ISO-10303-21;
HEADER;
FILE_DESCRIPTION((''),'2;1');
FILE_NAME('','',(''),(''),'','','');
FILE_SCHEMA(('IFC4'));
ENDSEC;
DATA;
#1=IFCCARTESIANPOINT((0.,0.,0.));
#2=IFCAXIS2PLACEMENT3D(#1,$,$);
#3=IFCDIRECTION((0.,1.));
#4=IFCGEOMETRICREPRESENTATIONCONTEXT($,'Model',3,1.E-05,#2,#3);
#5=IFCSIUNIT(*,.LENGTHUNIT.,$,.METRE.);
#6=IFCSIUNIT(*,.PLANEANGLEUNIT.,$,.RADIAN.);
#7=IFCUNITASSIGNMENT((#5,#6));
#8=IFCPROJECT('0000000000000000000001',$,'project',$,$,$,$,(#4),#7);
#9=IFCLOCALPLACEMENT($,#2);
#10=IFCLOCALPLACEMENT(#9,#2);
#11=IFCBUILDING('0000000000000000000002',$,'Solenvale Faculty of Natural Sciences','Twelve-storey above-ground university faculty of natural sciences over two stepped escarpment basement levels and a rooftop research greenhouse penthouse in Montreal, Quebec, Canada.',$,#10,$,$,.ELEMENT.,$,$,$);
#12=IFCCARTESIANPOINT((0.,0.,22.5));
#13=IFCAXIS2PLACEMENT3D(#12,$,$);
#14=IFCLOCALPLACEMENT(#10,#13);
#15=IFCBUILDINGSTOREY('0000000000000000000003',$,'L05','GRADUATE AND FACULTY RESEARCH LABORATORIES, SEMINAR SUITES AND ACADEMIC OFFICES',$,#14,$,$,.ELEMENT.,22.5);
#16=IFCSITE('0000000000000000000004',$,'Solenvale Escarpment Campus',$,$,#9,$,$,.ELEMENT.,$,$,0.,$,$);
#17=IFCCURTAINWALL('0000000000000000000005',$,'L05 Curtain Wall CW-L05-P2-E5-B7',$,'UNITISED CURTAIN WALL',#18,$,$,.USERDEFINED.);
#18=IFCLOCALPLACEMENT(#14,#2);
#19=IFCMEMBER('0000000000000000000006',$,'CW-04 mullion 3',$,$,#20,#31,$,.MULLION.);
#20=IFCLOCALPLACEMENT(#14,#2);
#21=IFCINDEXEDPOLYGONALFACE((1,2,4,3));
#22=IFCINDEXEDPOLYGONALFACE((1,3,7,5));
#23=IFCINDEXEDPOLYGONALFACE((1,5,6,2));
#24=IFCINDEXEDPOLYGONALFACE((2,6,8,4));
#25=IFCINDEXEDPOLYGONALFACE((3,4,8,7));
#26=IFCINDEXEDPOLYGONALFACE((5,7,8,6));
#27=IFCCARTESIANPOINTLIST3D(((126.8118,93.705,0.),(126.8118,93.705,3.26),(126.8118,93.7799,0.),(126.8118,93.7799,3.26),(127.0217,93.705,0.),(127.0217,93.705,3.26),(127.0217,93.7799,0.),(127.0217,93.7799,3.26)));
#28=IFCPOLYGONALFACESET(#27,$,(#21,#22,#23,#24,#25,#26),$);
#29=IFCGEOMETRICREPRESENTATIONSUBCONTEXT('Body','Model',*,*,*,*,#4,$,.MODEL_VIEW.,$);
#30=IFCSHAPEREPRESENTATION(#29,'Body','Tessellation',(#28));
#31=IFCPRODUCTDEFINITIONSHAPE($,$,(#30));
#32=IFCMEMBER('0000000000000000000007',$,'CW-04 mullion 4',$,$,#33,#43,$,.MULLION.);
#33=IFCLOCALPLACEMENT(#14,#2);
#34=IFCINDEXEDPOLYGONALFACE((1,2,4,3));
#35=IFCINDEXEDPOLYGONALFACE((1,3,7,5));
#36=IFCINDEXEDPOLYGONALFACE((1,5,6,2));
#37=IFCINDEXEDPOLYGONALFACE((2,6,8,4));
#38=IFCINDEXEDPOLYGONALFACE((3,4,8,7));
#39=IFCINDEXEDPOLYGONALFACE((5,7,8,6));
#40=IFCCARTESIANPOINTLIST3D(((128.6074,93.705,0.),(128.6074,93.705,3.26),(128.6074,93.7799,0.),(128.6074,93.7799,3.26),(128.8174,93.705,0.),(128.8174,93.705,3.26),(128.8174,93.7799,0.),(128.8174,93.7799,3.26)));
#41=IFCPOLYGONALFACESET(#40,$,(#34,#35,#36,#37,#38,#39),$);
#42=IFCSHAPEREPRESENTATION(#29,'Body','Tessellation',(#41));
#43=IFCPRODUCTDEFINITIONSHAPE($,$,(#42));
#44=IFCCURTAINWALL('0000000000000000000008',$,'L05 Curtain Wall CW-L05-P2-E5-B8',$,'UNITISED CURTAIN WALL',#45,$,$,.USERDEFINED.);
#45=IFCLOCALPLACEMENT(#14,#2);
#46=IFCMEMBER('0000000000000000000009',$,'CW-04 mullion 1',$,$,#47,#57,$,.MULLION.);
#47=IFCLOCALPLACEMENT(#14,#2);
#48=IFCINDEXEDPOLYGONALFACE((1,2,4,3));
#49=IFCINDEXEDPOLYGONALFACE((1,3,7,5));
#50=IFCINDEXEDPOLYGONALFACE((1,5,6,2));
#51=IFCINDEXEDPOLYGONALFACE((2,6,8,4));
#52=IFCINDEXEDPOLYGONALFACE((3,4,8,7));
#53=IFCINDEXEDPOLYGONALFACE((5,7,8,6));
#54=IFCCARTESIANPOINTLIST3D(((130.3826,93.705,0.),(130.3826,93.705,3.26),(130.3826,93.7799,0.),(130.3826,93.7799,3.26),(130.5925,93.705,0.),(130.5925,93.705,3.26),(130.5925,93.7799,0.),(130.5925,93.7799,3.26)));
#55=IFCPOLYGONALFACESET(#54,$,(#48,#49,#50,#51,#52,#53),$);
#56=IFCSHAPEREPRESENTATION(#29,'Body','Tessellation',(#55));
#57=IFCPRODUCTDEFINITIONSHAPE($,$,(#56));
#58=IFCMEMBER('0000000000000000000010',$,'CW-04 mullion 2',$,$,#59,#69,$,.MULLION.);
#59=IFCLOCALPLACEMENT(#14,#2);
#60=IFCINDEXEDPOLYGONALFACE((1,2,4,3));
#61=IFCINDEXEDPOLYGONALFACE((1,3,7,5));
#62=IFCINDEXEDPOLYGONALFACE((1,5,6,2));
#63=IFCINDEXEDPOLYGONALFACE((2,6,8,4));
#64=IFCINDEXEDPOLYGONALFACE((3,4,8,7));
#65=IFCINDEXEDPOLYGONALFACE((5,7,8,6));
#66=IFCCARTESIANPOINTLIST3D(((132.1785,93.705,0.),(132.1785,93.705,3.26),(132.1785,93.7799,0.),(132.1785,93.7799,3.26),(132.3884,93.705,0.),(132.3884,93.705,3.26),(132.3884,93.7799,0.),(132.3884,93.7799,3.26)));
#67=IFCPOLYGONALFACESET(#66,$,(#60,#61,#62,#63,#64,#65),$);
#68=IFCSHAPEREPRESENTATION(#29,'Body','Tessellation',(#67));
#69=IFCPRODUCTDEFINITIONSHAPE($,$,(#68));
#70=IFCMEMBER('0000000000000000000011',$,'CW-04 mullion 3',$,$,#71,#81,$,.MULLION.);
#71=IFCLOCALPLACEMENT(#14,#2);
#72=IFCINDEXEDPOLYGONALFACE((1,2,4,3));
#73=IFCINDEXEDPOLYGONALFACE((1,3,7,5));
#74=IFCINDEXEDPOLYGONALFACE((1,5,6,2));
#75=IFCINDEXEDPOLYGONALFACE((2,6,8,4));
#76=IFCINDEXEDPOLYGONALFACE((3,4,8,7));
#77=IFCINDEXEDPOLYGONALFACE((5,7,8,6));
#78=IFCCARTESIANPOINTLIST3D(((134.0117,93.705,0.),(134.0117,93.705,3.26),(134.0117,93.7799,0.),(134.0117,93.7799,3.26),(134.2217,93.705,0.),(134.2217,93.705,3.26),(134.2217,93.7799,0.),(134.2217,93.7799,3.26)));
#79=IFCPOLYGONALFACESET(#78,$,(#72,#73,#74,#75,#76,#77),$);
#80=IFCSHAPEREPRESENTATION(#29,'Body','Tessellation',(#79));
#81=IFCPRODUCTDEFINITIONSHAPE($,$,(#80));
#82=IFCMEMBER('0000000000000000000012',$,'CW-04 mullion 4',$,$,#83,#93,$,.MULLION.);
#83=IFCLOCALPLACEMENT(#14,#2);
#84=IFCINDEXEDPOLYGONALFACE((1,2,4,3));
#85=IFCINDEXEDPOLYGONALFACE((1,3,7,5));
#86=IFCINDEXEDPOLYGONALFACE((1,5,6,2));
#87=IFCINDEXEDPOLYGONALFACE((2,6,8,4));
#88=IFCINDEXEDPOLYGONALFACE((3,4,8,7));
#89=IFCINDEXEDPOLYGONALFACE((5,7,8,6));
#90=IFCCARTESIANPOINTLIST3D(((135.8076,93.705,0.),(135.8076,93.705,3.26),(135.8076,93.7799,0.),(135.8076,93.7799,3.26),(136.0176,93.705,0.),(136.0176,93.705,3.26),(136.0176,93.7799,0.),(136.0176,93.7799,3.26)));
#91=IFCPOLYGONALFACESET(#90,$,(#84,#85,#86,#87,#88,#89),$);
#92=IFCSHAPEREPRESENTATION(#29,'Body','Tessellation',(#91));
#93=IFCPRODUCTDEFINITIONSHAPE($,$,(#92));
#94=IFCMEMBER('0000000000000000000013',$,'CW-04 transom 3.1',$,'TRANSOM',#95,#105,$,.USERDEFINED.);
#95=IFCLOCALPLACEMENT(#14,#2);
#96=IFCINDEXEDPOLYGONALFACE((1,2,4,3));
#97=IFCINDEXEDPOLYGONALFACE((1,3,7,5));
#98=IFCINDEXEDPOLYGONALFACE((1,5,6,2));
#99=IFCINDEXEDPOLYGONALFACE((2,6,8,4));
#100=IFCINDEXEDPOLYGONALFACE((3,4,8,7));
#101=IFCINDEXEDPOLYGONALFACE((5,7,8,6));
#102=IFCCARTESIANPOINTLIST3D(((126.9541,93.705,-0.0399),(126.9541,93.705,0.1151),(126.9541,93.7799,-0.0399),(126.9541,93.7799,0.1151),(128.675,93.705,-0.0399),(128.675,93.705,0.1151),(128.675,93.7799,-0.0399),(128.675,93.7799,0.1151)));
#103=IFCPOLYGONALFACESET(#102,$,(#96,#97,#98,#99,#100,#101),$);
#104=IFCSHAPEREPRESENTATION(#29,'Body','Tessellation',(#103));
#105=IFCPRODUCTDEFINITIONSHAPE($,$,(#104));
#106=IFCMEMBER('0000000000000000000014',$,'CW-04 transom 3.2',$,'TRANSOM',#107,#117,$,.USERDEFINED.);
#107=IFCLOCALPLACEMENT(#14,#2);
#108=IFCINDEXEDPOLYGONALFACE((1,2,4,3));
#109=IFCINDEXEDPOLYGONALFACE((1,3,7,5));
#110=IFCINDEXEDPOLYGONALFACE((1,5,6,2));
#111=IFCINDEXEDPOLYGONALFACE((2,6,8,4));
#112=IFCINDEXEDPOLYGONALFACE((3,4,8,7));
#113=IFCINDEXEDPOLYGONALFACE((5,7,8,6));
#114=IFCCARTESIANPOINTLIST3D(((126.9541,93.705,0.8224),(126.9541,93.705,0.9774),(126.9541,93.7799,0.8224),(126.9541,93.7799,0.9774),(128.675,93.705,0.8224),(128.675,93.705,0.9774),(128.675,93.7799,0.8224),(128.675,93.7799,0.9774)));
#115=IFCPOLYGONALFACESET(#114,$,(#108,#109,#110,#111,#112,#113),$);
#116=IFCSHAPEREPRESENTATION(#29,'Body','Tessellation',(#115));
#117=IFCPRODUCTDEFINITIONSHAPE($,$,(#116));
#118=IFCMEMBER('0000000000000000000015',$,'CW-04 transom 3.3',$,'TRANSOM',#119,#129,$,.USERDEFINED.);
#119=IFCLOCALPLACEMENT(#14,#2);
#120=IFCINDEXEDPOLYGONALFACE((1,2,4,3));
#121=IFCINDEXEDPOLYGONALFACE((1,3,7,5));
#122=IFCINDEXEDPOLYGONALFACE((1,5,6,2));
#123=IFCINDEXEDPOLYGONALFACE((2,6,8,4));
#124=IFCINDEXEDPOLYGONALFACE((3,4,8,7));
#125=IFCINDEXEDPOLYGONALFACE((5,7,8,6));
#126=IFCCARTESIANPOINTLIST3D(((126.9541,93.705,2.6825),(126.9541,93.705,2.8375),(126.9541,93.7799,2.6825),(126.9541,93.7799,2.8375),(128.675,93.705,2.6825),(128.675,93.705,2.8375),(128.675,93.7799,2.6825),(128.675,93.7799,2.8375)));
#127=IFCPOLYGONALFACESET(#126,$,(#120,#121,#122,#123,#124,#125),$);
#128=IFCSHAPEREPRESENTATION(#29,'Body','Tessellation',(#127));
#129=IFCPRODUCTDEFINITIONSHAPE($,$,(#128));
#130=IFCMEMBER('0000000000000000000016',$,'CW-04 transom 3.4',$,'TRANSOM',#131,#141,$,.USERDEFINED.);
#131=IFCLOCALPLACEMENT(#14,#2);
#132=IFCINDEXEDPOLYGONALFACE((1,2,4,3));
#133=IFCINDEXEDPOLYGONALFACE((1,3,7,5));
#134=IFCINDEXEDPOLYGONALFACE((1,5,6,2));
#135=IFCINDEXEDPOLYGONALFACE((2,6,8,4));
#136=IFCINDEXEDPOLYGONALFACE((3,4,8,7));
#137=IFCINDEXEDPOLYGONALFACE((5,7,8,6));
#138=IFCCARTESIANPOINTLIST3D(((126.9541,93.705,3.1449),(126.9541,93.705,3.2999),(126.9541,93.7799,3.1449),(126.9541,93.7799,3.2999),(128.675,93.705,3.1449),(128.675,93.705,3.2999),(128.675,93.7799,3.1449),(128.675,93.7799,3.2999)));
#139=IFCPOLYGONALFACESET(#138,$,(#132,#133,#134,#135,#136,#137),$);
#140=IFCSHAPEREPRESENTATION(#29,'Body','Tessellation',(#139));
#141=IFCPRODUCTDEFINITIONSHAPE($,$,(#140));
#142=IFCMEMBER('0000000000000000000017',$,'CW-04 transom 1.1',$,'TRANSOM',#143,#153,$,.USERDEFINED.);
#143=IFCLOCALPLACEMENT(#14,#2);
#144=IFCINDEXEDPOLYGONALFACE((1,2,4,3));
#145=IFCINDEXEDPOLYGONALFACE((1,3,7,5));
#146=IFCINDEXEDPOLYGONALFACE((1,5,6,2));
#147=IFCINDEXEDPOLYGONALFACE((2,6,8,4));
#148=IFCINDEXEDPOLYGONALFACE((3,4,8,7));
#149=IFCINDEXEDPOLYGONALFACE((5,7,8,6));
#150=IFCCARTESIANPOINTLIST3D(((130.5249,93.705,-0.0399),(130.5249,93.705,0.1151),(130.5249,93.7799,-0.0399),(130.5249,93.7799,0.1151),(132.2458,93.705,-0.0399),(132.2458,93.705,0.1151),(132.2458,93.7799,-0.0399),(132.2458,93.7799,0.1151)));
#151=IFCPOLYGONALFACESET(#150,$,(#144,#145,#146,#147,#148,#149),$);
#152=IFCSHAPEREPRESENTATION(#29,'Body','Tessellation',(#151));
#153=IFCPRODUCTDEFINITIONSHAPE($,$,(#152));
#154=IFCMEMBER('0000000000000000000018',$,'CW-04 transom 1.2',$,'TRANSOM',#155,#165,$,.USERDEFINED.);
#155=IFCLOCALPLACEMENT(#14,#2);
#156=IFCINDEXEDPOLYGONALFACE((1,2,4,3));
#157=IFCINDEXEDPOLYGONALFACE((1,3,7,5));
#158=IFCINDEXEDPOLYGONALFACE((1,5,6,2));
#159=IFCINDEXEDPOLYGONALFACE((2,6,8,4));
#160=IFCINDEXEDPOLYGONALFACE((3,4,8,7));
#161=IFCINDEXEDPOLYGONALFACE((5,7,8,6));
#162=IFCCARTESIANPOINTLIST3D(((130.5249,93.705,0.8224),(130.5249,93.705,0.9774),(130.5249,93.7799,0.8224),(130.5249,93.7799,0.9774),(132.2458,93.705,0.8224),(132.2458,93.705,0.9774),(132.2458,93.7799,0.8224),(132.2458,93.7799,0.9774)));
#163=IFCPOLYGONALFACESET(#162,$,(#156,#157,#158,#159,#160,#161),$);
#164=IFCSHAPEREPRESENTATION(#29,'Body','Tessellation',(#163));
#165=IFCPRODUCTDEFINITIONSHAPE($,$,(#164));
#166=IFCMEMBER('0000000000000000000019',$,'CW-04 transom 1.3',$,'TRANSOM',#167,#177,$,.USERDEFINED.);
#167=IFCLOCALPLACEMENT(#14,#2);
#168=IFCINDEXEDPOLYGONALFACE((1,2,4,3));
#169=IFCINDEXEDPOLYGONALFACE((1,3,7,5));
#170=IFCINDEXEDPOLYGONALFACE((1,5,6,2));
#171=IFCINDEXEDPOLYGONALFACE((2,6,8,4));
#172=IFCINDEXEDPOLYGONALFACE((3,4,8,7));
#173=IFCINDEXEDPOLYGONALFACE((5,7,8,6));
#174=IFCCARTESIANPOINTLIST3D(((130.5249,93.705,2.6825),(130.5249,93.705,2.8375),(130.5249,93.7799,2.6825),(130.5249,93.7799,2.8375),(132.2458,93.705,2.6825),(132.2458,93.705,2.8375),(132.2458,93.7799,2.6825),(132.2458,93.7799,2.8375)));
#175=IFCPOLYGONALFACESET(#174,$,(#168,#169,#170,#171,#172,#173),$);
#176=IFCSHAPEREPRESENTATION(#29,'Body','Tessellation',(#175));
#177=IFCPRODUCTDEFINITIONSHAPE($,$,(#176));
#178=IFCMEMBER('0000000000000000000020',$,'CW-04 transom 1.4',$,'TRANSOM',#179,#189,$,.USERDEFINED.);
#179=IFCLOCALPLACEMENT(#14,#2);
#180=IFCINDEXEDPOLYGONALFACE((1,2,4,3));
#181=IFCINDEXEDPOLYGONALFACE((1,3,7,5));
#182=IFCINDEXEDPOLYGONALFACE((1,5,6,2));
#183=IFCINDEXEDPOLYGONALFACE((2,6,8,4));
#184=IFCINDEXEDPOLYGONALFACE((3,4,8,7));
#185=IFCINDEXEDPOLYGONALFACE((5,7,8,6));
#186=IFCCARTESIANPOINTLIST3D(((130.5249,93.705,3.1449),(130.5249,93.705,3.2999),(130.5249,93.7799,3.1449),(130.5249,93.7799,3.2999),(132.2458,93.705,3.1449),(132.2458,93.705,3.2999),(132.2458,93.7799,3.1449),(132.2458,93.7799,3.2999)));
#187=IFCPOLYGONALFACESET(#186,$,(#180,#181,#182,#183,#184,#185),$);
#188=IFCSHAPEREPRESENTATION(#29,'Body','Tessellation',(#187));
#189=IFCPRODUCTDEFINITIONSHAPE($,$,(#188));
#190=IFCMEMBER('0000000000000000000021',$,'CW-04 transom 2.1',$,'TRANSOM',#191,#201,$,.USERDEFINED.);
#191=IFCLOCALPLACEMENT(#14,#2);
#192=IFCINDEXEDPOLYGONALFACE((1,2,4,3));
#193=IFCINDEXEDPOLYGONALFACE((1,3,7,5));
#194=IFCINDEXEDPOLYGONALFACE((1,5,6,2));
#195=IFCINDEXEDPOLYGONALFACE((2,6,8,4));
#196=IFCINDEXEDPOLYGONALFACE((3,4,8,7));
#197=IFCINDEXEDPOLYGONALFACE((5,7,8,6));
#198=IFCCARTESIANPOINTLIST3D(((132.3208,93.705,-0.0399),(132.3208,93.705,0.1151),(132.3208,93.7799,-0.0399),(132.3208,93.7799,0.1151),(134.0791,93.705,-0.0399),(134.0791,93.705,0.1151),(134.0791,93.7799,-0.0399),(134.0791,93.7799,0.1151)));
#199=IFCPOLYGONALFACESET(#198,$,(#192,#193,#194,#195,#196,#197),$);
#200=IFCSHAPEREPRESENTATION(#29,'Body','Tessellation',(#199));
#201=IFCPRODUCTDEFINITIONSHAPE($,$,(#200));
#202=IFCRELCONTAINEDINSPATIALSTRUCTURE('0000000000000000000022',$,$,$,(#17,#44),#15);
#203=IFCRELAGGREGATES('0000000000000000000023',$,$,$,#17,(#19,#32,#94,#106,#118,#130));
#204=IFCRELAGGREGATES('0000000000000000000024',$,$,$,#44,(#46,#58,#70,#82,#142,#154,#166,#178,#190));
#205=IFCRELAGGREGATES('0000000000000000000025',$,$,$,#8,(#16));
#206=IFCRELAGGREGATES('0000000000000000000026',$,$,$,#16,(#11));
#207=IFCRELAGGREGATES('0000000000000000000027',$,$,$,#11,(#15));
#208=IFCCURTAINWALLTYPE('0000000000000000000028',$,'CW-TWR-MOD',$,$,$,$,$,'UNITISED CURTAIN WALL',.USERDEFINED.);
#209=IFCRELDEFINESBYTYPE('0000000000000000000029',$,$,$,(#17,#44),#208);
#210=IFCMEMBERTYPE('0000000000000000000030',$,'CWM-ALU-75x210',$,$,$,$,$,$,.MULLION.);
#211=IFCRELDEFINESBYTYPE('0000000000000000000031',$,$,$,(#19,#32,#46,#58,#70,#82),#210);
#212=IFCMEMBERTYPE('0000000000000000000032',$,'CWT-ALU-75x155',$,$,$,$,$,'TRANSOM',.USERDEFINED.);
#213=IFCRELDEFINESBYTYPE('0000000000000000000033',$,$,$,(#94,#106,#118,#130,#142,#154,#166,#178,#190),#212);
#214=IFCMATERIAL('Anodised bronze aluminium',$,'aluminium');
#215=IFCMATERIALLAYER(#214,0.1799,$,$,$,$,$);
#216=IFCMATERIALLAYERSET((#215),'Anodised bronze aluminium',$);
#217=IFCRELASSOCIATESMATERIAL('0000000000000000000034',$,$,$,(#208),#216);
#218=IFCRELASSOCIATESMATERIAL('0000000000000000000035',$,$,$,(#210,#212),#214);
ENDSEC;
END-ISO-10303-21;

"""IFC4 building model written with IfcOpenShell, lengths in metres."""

from ifc_helpers import new_model, si_unit, direction, frame, origin, origin_2d, place, context, subcontext, project, spatial, rectangle, extrude, material, layer, layer_set, material_profile, profile_set, type_object, element, aggregate, save


model = new_model("IFC4")

# Units and contexts
model_context = context("Model", 3, precision=1e-05, world=origin(), true_north=direction((0.0, 1.0)))
body_context = subcontext(model_context, "Body", "Model", "MODEL_VIEW")
ifc_project = project(units=[si_unit("LENGTHUNIT", "METRE"), si_unit("PLANEANGLEUNIT", "RADIAN")], contexts=[model_context])

# Site, building, storey
site_placement = place(None, origin())
site = spatial("IfcSite", under=ifc_project, at=site_placement, Name="Solenvale Escarpment Campus", CompositionType="ELEMENT", RefElevation=0.0)
building_placement = place(site_placement, origin())
building = spatial("IfcBuilding", under=site, at=building_placement, Name="Solenvale Faculty of Natural Sciences", Description="Twelve-storey above-ground university faculty of natural sciences over two stepped escarpment basement levels and a rooftop research greenhouse penthouse in Montreal, Quebec, Canada.", CompositionType="ELEMENT")
storey_placement = place(building_placement, frame((0.0, 0.0, 22.5)))
storey = spatial("IfcBuildingStorey", under=building, at=storey_placement, Name="L05", Description="GRADUATE AND FACULTY RESEARCH LABORATORIES, SEMINAR SUITES AND ACADEMIC OFFICES", CompositionType="ELEMENT", Elevation=22.5)

# Curtain walls, members
ifc_material_1 = material(Name="Anodised bronze aluminium", Category="aluminium")
ifc_layer_1 = layer(ifc_material_1, 0.1799)
ifc_layer_set_1 = layer_set([ifc_layer_1], Name="Anodised bronze aluminium")
curtain_wall_type = type_object("IfcCurtainWallType", Name="CW-TWR-MOD", ElementType="UNITISED CURTAIN WALL", PredefinedType="USERDEFINED", material=ifc_layer_set_1)
curtain_wall_1_placement = place(storey_placement, origin())
curtain_wall_1 = element("IfcCurtainWall", 1, at=curtain_wall_1_placement, inside=storey, type_object=curtain_wall_type, Name="L05 Curtain Wall CW-L05-P2-E5-B7", ObjectType="UNITISED CURTAIN WALL", PredefinedType="USERDEFINED")
ifc_material_profile_1 = material_profile(ifc_material_1, rectangle(XDim=0.075, YDim=0.21, at=origin_2d()), Name="ALU-MUL-75x210")
ifc_profile_set_1 = profile_set([ifc_material_profile_1], Name="Anodised bronze aluminium")
member_type_1 = type_object("IfcMemberType", Name="CWM-ALU-75x210", PredefinedType="MULLION", material=ifc_profile_set_1)
member_1_placement = place(storey_placement, frame((126.9167, 93.7424, 0.0), z_axis=(0.0, 0.0, 1.0), x_axis=(0.0, 1.0, 0.0)))
member_1 = element("IfcMember", 2, at=member_1_placement, type_object=member_type_1, Name="CW-04 mullion 3", PredefinedType="MULLION", context=body_context, shape_type="SweptSolid", body=[
    extrude(rectangle(XDim=0.075, YDim=0.21, at=origin_2d()), origin(), (0.0, 0.0, 1.0), 3.26),
])
member_2_placement = place(storey_placement, frame((128.7124, 93.7424, 0.0), z_axis=(0.0, 0.0, 1.0), x_axis=(0.0, 1.0, 0.0)))
member_2 = element("IfcMember", 3, at=member_2_placement, type_object=member_type_1, Name="CW-04 mullion 4", PredefinedType="MULLION", context=body_context, shape_type="SweptSolid", body=[
    extrude(rectangle(XDim=0.075, YDim=0.21, at=origin_2d()), origin(), (0.0, 0.0, 1.0), 3.26),
])
curtain_wall_2_placement = place(storey_placement, origin())
curtain_wall_2 = element("IfcCurtainWall", 4, at=curtain_wall_2_placement, inside=storey, type_object=curtain_wall_type, Name="L05 Curtain Wall CW-L05-P2-E5-B8", ObjectType="UNITISED CURTAIN WALL", PredefinedType="USERDEFINED")
member_3_placement = place(storey_placement, frame((130.4875, 93.7424, 0.0), z_axis=(0.0, 0.0, 1.0), x_axis=(0.0, 1.0, 0.0)))
member_3 = element("IfcMember", 5, at=member_3_placement, type_object=member_type_1, Name="CW-04 mullion 1", PredefinedType="MULLION", context=body_context, shape_type="SweptSolid", body=[
    extrude(rectangle(XDim=0.075, YDim=0.21, at=origin_2d()), origin(), (0.0, 0.0, 1.0), 3.26),
])
member_4_placement = place(storey_placement, frame((132.2834, 93.7424, 0.0), z_axis=(0.0, 0.0, 1.0), x_axis=(0.0, 1.0, 0.0)))
member_4 = element("IfcMember", 6, at=member_4_placement, type_object=member_type_1, Name="CW-04 mullion 2", PredefinedType="MULLION", context=body_context, shape_type="SweptSolid", body=[
    extrude(rectangle(XDim=0.075, YDim=0.21, at=origin_2d()), origin(), (0.0, 0.0, 1.0), 3.26),
])
member_5_placement = place(storey_placement, frame((134.1167, 93.7424, 0.0), z_axis=(0.0, 0.0, 1.0), x_axis=(0.0, 1.0, 0.0)))
member_5 = element("IfcMember", 7, at=member_5_placement, type_object=member_type_1, Name="CW-04 mullion 3", PredefinedType="MULLION", context=body_context, shape_type="SweptSolid", body=[
    extrude(rectangle(XDim=0.075, YDim=0.21, at=origin_2d()), origin(), (0.0, 0.0, 1.0), 3.26),
])
member_6_placement = place(storey_placement, frame((135.9126, 93.7424, 0.0), z_axis=(0.0, 0.0, 1.0), x_axis=(0.0, 1.0, 0.0)))
member_6 = element("IfcMember", 8, at=member_6_placement, type_object=member_type_1, Name="CW-04 mullion 4", PredefinedType="MULLION", context=body_context, shape_type="SweptSolid", body=[
    extrude(rectangle(XDim=0.075, YDim=0.21, at=origin_2d()), origin(), (0.0, 0.0, 1.0), 3.26),
])

# Members
ifc_material_profile_2 = material_profile(ifc_material_1, rectangle(XDim=0.075, YDim=0.155, at=origin_2d()), Name="ALU-TRN-75x155")
ifc_profile_set_2 = profile_set([ifc_material_profile_2], Name="Anodised bronze aluminium")
member_type_2 = type_object("IfcMemberType", Name="CWT-ALU-75x155", ElementType="TRANSOM", PredefinedType="USERDEFINED", material=ifc_profile_set_2)
member_7_placement = place(storey_placement, frame((126.9541, 93.7424, 0.0376), z_axis=(1.0, 0.0, 0.0), x_axis=(0.0, 1.0, 0.0)))
member_7 = element("IfcMember", 9, at=member_7_placement, type_object=member_type_2, Name="CW-04 transom 3.1", ObjectType="TRANSOM", PredefinedType="USERDEFINED", context=body_context, shape_type="SweptSolid", body=[
    extrude(rectangle(XDim=0.075, YDim=0.155, at=origin_2d()), origin(), (0.0, 0.0, 1.0), 1.7209),
])
member_8_placement = place(storey_placement, frame((126.9541, 93.7424, 0.8999), z_axis=(1.0, 0.0, 0.0), x_axis=(0.0, 1.0, 0.0)))
member_8 = element("IfcMember", 10, at=member_8_placement, type_object=member_type_2, Name="CW-04 transom 3.2", ObjectType="TRANSOM", PredefinedType="USERDEFINED", context=body_context, shape_type="SweptSolid", body=[
    extrude(rectangle(XDim=0.075, YDim=0.155, at=origin_2d()), origin(), (0.0, 0.0, 1.0), 1.7209),
])
member_9_placement = place(storey_placement, frame((126.9541, 93.7424, 2.76), z_axis=(1.0, 0.0, 0.0), x_axis=(0.0, 1.0, 0.0)))
member_9 = element("IfcMember", 11, at=member_9_placement, type_object=member_type_2, Name="CW-04 transom 3.3", ObjectType="TRANSOM", PredefinedType="USERDEFINED", context=body_context, shape_type="SweptSolid", body=[
    extrude(rectangle(XDim=0.075, YDim=0.155, at=origin_2d()), origin(), (0.0, 0.0, 1.0), 1.7209),
])
member_10_placement = place(storey_placement, frame((126.9541, 93.7424, 3.2224), z_axis=(1.0, 0.0, 0.0), x_axis=(0.0, 1.0, 0.0)))
member_10 = element("IfcMember", 12, at=member_10_placement, type_object=member_type_2, Name="CW-04 transom 3.4", ObjectType="TRANSOM", PredefinedType="USERDEFINED", context=body_context, shape_type="SweptSolid", body=[
    extrude(rectangle(XDim=0.075, YDim=0.155, at=origin_2d()), origin(), (0.0, 0.0, 1.0), 1.7209),
])
member_11_placement = place(storey_placement, frame((130.5249, 93.7424, 0.0376), z_axis=(1.0, 0.0, 0.0), x_axis=(0.0, 1.0, 0.0)))
member_11 = element("IfcMember", 13, at=member_11_placement, type_object=member_type_2, Name="CW-04 transom 1.1", ObjectType="TRANSOM", PredefinedType="USERDEFINED", context=body_context, shape_type="SweptSolid", body=[
    extrude(rectangle(XDim=0.075, YDim=0.155, at=origin_2d()), origin(), (0.0, 0.0, 1.0), 1.7209),
])
member_12_placement = place(storey_placement, frame((130.5249, 93.7424, 0.8999), z_axis=(1.0, 0.0, 0.0), x_axis=(0.0, 1.0, 0.0)))
member_12 = element("IfcMember", 14, at=member_12_placement, type_object=member_type_2, Name="CW-04 transom 1.2", ObjectType="TRANSOM", PredefinedType="USERDEFINED", context=body_context, shape_type="SweptSolid", body=[
    extrude(rectangle(XDim=0.075, YDim=0.155, at=origin_2d()), origin(), (0.0, 0.0, 1.0), 1.7209),
])
member_13_placement = place(storey_placement, frame((130.5249, 93.7424, 2.76), z_axis=(1.0, 0.0, 0.0), x_axis=(0.0, 1.0, 0.0)))
member_13 = element("IfcMember", 15, at=member_13_placement, type_object=member_type_2, Name="CW-04 transom 1.3", ObjectType="TRANSOM", PredefinedType="USERDEFINED", context=body_context, shape_type="SweptSolid", body=[
    extrude(rectangle(XDim=0.075, YDim=0.155, at=origin_2d()), origin(), (0.0, 0.0, 1.0), 1.7209),
])
member_14_placement = place(storey_placement, frame((130.5249, 93.7424, 3.2224), z_axis=(1.0, 0.0, 0.0), x_axis=(0.0, 1.0, 0.0)))
member_14 = element("IfcMember", 16, at=member_14_placement, type_object=member_type_2, Name="CW-04 transom 1.4", ObjectType="TRANSOM", PredefinedType="USERDEFINED", context=body_context, shape_type="SweptSolid", body=[
    extrude(rectangle(XDim=0.075, YDim=0.155, at=origin_2d()), origin(), (0.0, 0.0, 1.0), 1.7209),
])
member_15_placement = place(storey_placement, frame((132.3208, 93.7424, 0.0376), z_axis=(1.0, 0.0, 0.0), x_axis=(0.0, 1.0, 0.0)))
member_15 = element("IfcMember", 17, at=member_15_placement, type_object=member_type_2, Name="CW-04 transom 2.1", ObjectType="TRANSOM", PredefinedType="USERDEFINED", context=body_context, shape_type="SweptSolid", body=[
    extrude(rectangle(XDim=0.075, YDim=0.155, at=origin_2d()), origin(), (0.0, 0.0, 1.0), 1.7583),
])

aggregate(curtain_wall_1, [member_1, member_2, member_7, member_8, member_9, member_10])
aggregate(curtain_wall_2, [member_3, member_4, member_5, member_6, member_11, member_12, member_13, member_14, member_15])

save(model, "model.ifc")
